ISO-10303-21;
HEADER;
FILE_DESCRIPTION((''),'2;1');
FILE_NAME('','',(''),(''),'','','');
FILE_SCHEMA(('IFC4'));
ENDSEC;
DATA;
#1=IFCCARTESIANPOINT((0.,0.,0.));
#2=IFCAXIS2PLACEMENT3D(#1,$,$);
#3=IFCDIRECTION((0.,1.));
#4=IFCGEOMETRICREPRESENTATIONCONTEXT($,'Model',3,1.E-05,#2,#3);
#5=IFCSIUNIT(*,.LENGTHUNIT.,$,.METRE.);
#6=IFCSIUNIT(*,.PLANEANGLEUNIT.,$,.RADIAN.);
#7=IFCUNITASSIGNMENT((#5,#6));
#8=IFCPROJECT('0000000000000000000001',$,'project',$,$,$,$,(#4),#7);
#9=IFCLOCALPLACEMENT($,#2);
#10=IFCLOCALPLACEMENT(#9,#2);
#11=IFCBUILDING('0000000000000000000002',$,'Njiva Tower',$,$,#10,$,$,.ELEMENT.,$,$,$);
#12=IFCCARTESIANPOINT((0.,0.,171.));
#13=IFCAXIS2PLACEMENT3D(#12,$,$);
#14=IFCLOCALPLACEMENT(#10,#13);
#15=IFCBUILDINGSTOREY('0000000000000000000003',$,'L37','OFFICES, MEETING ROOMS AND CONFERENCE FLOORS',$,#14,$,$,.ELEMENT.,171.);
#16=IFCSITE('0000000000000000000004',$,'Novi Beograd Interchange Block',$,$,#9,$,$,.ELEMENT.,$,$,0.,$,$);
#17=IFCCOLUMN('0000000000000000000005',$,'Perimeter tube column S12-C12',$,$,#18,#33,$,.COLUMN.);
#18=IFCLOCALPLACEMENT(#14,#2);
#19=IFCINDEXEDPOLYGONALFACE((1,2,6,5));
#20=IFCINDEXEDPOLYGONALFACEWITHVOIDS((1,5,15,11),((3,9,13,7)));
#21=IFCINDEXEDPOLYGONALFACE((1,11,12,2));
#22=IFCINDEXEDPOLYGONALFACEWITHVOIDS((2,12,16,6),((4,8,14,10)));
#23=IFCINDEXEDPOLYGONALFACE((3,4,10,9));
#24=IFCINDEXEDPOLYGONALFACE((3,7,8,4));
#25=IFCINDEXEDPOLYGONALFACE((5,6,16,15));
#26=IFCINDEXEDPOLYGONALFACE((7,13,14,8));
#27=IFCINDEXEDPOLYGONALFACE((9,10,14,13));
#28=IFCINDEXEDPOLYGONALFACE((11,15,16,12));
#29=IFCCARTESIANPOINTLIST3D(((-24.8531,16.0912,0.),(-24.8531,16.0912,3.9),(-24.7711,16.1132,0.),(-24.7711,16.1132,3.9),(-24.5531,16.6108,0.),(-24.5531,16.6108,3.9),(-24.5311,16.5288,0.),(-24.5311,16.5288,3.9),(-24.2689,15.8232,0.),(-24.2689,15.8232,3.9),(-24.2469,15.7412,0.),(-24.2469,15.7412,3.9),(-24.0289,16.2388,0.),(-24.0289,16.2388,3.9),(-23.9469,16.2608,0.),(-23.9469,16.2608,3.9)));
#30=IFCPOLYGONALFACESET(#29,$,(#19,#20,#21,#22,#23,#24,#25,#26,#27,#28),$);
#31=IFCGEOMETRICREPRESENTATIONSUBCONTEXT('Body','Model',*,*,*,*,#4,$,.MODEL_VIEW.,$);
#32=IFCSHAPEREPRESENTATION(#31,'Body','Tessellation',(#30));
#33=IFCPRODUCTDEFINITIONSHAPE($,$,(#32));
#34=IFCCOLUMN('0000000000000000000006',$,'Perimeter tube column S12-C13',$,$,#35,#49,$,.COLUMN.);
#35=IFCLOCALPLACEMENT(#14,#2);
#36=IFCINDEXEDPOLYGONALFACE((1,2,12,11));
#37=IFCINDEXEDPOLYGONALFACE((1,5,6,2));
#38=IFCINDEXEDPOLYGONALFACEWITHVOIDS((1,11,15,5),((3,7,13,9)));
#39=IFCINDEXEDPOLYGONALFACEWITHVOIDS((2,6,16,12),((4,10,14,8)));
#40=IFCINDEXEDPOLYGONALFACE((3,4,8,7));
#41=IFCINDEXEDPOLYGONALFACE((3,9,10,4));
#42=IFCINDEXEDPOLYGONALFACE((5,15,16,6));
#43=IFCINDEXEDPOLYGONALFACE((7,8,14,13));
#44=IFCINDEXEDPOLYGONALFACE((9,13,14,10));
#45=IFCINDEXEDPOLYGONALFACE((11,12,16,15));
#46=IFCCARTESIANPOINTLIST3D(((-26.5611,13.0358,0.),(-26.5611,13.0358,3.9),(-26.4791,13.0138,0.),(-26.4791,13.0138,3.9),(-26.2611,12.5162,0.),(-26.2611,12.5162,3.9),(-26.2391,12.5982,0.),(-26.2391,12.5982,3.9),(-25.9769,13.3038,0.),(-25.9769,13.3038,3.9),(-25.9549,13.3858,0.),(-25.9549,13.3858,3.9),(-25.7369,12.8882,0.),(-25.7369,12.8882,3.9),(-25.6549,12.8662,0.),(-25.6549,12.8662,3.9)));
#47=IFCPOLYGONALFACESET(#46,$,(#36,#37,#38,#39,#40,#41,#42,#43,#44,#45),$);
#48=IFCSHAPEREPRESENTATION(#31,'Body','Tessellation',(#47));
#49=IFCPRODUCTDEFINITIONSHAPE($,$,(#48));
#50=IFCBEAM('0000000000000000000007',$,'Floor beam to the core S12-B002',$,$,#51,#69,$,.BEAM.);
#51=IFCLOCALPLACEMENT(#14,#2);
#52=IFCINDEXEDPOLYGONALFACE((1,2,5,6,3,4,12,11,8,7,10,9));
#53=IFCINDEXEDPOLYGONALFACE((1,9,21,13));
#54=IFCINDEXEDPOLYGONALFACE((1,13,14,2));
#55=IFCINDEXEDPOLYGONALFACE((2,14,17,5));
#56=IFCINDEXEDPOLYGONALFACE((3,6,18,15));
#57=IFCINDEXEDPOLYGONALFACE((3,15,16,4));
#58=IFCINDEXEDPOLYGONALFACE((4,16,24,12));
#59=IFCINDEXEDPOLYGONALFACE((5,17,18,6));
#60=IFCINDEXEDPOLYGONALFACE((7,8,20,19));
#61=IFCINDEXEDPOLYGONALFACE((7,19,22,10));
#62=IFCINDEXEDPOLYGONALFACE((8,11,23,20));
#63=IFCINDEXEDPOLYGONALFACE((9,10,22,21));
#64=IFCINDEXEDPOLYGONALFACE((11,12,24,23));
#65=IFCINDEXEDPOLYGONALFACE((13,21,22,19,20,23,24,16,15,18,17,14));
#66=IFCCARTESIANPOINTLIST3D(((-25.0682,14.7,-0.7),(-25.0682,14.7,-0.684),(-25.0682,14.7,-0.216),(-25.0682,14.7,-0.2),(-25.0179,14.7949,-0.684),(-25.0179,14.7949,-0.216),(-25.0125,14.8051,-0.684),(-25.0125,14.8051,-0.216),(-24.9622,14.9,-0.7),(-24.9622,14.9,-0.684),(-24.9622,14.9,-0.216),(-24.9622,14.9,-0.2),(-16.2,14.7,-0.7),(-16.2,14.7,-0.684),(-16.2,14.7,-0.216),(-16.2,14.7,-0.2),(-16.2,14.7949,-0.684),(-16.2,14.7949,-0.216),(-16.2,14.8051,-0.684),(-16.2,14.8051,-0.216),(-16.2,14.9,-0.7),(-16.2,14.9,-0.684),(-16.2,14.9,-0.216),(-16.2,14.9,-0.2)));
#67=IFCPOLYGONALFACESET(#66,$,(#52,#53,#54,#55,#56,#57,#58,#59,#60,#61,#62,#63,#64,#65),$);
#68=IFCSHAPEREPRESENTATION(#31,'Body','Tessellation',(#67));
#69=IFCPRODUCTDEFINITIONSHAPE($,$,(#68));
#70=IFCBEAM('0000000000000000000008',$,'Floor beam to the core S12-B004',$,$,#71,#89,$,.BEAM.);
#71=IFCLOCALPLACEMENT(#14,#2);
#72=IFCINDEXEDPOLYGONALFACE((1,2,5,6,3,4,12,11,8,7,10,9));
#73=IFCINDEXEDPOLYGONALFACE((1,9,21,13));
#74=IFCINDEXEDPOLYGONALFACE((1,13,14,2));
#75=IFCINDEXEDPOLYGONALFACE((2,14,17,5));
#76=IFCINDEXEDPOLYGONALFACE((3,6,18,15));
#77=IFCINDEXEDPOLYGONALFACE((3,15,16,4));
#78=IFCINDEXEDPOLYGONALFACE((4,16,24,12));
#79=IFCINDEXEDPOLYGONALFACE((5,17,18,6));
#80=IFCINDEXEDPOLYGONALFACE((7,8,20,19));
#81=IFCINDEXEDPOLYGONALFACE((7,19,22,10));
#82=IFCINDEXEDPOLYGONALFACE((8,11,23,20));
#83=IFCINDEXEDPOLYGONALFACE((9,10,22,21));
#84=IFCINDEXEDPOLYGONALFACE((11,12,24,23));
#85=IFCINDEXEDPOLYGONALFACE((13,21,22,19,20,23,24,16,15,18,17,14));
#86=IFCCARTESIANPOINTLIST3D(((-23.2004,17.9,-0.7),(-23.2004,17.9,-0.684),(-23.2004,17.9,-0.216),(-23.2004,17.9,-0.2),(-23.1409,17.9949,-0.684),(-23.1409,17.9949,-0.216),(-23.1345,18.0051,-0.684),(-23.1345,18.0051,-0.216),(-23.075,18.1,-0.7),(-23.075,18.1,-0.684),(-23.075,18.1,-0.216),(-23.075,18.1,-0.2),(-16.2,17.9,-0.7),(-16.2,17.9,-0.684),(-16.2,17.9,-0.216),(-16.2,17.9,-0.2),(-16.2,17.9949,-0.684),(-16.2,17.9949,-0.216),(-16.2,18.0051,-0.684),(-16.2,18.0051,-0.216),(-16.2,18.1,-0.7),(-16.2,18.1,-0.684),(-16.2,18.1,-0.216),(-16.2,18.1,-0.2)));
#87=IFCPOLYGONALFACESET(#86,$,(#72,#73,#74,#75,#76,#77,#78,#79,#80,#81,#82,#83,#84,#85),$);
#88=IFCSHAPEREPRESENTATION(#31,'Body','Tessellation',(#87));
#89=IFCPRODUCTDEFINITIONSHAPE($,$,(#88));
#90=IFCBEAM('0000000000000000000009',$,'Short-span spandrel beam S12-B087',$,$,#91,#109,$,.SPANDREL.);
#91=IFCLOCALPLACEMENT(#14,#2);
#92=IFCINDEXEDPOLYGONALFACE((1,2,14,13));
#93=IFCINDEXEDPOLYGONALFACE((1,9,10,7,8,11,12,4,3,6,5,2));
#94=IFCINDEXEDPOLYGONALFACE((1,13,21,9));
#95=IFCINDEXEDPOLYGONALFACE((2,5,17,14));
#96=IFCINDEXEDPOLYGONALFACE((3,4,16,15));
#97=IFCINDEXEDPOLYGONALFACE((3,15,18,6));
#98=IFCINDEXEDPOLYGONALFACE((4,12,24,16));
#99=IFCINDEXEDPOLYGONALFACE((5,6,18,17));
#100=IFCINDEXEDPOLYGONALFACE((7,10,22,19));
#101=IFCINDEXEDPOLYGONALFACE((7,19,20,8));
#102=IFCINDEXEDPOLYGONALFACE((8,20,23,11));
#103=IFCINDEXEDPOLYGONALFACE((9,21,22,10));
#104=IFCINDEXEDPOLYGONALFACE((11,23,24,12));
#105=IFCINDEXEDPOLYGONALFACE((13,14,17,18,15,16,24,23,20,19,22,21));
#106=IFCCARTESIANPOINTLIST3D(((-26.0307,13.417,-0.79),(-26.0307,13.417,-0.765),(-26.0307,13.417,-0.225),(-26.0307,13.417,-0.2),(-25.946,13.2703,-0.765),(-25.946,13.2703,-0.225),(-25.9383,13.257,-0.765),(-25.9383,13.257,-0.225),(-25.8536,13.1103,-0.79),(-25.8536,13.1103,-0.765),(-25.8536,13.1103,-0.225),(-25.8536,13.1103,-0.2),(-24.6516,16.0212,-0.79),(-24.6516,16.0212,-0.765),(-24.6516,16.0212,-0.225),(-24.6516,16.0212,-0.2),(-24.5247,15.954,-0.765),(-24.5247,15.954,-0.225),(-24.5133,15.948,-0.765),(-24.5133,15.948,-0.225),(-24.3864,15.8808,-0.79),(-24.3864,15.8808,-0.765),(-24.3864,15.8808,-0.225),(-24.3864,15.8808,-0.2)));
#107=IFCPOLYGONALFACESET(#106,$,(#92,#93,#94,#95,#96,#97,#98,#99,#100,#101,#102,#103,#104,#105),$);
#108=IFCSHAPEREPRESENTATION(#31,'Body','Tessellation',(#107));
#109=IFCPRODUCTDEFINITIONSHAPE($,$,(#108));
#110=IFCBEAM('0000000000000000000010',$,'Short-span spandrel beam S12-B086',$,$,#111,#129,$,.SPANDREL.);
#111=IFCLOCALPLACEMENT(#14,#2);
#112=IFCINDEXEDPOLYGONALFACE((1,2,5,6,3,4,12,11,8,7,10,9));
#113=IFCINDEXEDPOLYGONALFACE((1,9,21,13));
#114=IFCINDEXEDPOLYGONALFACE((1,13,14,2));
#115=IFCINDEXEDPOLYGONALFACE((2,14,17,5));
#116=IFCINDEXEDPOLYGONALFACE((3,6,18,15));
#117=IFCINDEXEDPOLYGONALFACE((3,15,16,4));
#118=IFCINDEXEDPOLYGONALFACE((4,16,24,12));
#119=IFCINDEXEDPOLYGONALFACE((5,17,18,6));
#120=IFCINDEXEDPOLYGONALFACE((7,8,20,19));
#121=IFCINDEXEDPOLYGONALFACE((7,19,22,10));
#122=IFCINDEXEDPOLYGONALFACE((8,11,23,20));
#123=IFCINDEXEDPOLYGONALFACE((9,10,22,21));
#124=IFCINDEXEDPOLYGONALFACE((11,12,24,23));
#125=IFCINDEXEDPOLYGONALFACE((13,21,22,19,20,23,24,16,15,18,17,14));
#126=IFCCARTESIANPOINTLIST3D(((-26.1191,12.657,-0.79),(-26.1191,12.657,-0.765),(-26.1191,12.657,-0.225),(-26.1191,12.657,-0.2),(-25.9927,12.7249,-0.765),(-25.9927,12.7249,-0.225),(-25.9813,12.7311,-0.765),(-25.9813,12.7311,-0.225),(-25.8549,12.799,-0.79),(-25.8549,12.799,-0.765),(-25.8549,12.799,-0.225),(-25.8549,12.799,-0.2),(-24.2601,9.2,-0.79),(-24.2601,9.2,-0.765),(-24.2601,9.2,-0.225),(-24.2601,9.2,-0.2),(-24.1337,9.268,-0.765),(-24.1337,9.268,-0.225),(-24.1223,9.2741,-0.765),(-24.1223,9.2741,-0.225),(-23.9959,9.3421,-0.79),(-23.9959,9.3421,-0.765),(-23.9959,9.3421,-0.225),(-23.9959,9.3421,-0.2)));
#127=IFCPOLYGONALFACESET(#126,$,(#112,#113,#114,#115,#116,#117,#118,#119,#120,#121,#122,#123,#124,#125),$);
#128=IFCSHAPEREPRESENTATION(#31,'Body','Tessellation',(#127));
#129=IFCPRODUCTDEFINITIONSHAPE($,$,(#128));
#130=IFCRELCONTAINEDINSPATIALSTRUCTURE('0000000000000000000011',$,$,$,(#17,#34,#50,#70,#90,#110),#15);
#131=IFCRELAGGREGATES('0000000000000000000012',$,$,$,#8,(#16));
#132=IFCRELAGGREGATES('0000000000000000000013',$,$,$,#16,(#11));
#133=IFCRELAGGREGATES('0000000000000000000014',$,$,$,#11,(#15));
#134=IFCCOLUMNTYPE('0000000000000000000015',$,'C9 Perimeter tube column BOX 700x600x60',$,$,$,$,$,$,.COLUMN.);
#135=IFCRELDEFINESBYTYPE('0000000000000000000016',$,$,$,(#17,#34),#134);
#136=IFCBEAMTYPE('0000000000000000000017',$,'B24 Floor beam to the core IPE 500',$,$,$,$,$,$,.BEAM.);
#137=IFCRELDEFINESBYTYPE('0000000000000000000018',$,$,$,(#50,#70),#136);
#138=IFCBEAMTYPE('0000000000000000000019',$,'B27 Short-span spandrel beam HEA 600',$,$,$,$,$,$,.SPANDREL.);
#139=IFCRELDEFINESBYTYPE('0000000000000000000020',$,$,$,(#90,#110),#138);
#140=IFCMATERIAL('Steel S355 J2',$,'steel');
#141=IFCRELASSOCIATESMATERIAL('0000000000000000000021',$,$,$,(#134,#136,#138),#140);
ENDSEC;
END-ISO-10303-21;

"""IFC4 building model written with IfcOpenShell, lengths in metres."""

from ifc_helpers import new_model, si_unit, direction, frame, origin, origin_2d, place, context, subcontext, project, spatial, hollow_rectangle, i_section, extrude, clip, halfspace, material, material_profile, profile_set, type_object, element, save


model = new_model("IFC4")

# Units and contexts
model_context = context("Model", 3, precision=1e-05, world=origin(), true_north=direction((0.0, 1.0)))
body_context = subcontext(model_context, "Body", "Model", "MODEL_VIEW")
ifc_project = project(units=[si_unit("LENGTHUNIT", "METRE"), si_unit("PLANEANGLEUNIT", "RADIAN")], contexts=[model_context])

# Site, building, storey
site_placement = place(None, origin())
site = spatial("IfcSite", under=ifc_project, at=site_placement, Name="Novi Beograd Interchange Block", CompositionType="ELEMENT", RefElevation=0.0)
building_placement = place(site_placement, origin())
building = spatial("IfcBuilding", under=site, at=building_placement, Name="Njiva Tower", CompositionType="ELEMENT")
storey_placement = place(building_placement, frame((0.0, 0.0, 171.0)))
storey = spatial("IfcBuildingStorey", under=building, at=storey_placement, Name="L37", Description="OFFICES, MEETING ROOMS AND CONFERENCE FLOORS", CompositionType="ELEMENT", Elevation=171.0)

# Columns
ifc_material_1 = material(Name="Steel S355 J2", Category="steel")
ifc_material_profile_1 = material_profile(ifc_material_1, hollow_rectangle(XDim=0.6, YDim=0.7, WallThickness=0.06, at=origin_2d()), Name="BOX 700x600x60")
ifc_profile_set_1 = profile_set([ifc_material_profile_1], Name="Steel S355 J2")
column_type = type_object("IfcColumnType", Name="C9 Perimeter tube column BOX 700x600x60", PredefinedType="COLUMN", material=ifc_profile_set_1)
for number, where, z_axis, x_axis, name in (
    (1, (-24.4, 16.176, 0.0), (0.0, 0.0, 1.0), (-0.5, -0.866025, 0.0), "Perimeter tube column S12-C12"),
    (2, (-26.108, 12.951, 0.0), (0.0, 0.0, 1.0), (0.5, -0.866025, 0.0), "Perimeter tube column S12-C13"),
):
    element("IfcColumn", number, at=place(storey_placement, frame(where, z_axis=z_axis, x_axis=x_axis)), inside=storey, type_object=column_type, Name=name, PredefinedType="COLUMN", context=body_context, shape_type="SweptSolid", body=[
        extrude(hollow_rectangle(XDim=0.6, YDim=0.7, WallThickness=0.06, at=origin_2d()), origin(), (0.0, 0.0, 1.0), 3.9),
    ])

# Beams
ifc_material_profile_2 = material_profile(ifc_material_1, i_section(OverallWidth=0.2, OverallDepth=0.5, WebThickness=0.0102, FlangeThickness=0.016, at=origin_2d()), Name="IPE 500")
ifc_profile_set_2 = profile_set([ifc_material_profile_2], Name="Steel S355 J2")
beam_type_1 = type_object("IfcBeamType", Name="B24 Floor beam to the core IPE 500", PredefinedType="BEAM", material=ifc_profile_set_2)
beam_1_placement = place(storey_placement, frame((-25.088, 14.8, -0.45), z_axis=(1.0, 0.0, 0.0), x_axis=(0.0, 1.0, 0.0)))
element("IfcBeam", 3, at=beam_1_placement, inside=storey, type_object=beam_type_1, Name="Floor beam to the core S12-B002", PredefinedType="BEAM", context=body_context, shape_type="Clipping", body=[
    clip(extrude(i_section(OverallWidth=0.2, OverallDepth=0.5, WebThickness=0.0102, FlangeThickness=0.016, at=origin_2d()), origin(), (0.0, 0.0, 1.0), 8.888), halfspace(frame((0.0234, 0.0, 0.0852), z_axis=(0.468071, 0.0, -0.883691), x_axis=(0.0, -1.0, 0.0)), False)),
])
beam_2_placement = place(storey_placement, frame((-23.221, 18.0, -0.45), z_axis=(1.0, 0.0, 0.0), x_axis=(0.0, 1.0, 0.0)))
element("IfcBeam", 4, at=beam_2_placement, inside=storey, type_object=beam_type_1, Name="Floor beam to the core S12-B004", PredefinedType="BEAM", context=body_context, shape_type="Clipping", body=[
    clip(extrude(i_section(OverallWidth=0.2, OverallDepth=0.5, WebThickness=0.0102, FlangeThickness=0.016, at=origin_2d()), origin(), (0.0, 0.0, 1.0), 7.021), halfspace(frame((0.0266, 0.0, 0.1), z_axis=(0.531259, 0.0, -0.847209), x_axis=(0.0, -1.0, 0.0)), False)),
])
ifc_material_profile_3 = material_profile(ifc_material_1, i_section(OverallWidth=0.3, OverallDepth=0.59, WebThickness=0.013, FlangeThickness=0.025, at=origin_2d()), Name="HEA 600")
ifc_profile_set_3 = profile_set([ifc_material_profile_3], Name="Steel S355 J2")
beam_type_2 = type_object("IfcBeamType", Name="B27 Short-span spandrel beam HEA 600", PredefinedType="SPANDREL", material=ifc_profile_set_3)
beam_3_placement = place(storey_placement, frame((-24.519, 15.951, -0.495), z_axis=(-0.468009, -0.883724, 0.0), x_axis=(0.883724, -0.468009, 0.0)))
element("IfcBeam", 5, at=beam_3_placement, inside=storey, type_object=beam_type_2, Name="Short-span spandrel beam S12-B087", PredefinedType="SPANDREL", context=body_context, shape_type="Clipping", body=[
    clip(extrude(i_section(OverallWidth=0.3, OverallDepth=0.59, WebThickness=0.013, FlangeThickness=0.025, at=origin_2d()), origin(), (0.0, 0.0, 1.0), 3.1545), halfspace(frame((-0.0265, 0.0, 3.0243), z_axis=(-0.531325, 0.0, 0.847168), x_axis=(0.0, 1.0, 0.0)), False)),
])
beam_4_placement = place(storey_placement, frame((-25.987, 12.728, -0.495), z_axis=(0.473614, -0.880733, 0.0), x_axis=(0.880733, 0.473614, 0.0)))
element("IfcBeam", 6, at=beam_4_placement, inside=storey, type_object=beam_type_2, Name="Short-span spandrel beam S12-B086", PredefinedType="SPANDREL", context=body_context, shape_type="SweptSolid", body=[
    extrude(i_section(OverallWidth=0.3, OverallDepth=0.59, WebThickness=0.013, FlangeThickness=0.025, at=origin_2d()), origin(), (0.0, 0.0, 1.0), 3.9251),
])

save(model, "model.ifc")
